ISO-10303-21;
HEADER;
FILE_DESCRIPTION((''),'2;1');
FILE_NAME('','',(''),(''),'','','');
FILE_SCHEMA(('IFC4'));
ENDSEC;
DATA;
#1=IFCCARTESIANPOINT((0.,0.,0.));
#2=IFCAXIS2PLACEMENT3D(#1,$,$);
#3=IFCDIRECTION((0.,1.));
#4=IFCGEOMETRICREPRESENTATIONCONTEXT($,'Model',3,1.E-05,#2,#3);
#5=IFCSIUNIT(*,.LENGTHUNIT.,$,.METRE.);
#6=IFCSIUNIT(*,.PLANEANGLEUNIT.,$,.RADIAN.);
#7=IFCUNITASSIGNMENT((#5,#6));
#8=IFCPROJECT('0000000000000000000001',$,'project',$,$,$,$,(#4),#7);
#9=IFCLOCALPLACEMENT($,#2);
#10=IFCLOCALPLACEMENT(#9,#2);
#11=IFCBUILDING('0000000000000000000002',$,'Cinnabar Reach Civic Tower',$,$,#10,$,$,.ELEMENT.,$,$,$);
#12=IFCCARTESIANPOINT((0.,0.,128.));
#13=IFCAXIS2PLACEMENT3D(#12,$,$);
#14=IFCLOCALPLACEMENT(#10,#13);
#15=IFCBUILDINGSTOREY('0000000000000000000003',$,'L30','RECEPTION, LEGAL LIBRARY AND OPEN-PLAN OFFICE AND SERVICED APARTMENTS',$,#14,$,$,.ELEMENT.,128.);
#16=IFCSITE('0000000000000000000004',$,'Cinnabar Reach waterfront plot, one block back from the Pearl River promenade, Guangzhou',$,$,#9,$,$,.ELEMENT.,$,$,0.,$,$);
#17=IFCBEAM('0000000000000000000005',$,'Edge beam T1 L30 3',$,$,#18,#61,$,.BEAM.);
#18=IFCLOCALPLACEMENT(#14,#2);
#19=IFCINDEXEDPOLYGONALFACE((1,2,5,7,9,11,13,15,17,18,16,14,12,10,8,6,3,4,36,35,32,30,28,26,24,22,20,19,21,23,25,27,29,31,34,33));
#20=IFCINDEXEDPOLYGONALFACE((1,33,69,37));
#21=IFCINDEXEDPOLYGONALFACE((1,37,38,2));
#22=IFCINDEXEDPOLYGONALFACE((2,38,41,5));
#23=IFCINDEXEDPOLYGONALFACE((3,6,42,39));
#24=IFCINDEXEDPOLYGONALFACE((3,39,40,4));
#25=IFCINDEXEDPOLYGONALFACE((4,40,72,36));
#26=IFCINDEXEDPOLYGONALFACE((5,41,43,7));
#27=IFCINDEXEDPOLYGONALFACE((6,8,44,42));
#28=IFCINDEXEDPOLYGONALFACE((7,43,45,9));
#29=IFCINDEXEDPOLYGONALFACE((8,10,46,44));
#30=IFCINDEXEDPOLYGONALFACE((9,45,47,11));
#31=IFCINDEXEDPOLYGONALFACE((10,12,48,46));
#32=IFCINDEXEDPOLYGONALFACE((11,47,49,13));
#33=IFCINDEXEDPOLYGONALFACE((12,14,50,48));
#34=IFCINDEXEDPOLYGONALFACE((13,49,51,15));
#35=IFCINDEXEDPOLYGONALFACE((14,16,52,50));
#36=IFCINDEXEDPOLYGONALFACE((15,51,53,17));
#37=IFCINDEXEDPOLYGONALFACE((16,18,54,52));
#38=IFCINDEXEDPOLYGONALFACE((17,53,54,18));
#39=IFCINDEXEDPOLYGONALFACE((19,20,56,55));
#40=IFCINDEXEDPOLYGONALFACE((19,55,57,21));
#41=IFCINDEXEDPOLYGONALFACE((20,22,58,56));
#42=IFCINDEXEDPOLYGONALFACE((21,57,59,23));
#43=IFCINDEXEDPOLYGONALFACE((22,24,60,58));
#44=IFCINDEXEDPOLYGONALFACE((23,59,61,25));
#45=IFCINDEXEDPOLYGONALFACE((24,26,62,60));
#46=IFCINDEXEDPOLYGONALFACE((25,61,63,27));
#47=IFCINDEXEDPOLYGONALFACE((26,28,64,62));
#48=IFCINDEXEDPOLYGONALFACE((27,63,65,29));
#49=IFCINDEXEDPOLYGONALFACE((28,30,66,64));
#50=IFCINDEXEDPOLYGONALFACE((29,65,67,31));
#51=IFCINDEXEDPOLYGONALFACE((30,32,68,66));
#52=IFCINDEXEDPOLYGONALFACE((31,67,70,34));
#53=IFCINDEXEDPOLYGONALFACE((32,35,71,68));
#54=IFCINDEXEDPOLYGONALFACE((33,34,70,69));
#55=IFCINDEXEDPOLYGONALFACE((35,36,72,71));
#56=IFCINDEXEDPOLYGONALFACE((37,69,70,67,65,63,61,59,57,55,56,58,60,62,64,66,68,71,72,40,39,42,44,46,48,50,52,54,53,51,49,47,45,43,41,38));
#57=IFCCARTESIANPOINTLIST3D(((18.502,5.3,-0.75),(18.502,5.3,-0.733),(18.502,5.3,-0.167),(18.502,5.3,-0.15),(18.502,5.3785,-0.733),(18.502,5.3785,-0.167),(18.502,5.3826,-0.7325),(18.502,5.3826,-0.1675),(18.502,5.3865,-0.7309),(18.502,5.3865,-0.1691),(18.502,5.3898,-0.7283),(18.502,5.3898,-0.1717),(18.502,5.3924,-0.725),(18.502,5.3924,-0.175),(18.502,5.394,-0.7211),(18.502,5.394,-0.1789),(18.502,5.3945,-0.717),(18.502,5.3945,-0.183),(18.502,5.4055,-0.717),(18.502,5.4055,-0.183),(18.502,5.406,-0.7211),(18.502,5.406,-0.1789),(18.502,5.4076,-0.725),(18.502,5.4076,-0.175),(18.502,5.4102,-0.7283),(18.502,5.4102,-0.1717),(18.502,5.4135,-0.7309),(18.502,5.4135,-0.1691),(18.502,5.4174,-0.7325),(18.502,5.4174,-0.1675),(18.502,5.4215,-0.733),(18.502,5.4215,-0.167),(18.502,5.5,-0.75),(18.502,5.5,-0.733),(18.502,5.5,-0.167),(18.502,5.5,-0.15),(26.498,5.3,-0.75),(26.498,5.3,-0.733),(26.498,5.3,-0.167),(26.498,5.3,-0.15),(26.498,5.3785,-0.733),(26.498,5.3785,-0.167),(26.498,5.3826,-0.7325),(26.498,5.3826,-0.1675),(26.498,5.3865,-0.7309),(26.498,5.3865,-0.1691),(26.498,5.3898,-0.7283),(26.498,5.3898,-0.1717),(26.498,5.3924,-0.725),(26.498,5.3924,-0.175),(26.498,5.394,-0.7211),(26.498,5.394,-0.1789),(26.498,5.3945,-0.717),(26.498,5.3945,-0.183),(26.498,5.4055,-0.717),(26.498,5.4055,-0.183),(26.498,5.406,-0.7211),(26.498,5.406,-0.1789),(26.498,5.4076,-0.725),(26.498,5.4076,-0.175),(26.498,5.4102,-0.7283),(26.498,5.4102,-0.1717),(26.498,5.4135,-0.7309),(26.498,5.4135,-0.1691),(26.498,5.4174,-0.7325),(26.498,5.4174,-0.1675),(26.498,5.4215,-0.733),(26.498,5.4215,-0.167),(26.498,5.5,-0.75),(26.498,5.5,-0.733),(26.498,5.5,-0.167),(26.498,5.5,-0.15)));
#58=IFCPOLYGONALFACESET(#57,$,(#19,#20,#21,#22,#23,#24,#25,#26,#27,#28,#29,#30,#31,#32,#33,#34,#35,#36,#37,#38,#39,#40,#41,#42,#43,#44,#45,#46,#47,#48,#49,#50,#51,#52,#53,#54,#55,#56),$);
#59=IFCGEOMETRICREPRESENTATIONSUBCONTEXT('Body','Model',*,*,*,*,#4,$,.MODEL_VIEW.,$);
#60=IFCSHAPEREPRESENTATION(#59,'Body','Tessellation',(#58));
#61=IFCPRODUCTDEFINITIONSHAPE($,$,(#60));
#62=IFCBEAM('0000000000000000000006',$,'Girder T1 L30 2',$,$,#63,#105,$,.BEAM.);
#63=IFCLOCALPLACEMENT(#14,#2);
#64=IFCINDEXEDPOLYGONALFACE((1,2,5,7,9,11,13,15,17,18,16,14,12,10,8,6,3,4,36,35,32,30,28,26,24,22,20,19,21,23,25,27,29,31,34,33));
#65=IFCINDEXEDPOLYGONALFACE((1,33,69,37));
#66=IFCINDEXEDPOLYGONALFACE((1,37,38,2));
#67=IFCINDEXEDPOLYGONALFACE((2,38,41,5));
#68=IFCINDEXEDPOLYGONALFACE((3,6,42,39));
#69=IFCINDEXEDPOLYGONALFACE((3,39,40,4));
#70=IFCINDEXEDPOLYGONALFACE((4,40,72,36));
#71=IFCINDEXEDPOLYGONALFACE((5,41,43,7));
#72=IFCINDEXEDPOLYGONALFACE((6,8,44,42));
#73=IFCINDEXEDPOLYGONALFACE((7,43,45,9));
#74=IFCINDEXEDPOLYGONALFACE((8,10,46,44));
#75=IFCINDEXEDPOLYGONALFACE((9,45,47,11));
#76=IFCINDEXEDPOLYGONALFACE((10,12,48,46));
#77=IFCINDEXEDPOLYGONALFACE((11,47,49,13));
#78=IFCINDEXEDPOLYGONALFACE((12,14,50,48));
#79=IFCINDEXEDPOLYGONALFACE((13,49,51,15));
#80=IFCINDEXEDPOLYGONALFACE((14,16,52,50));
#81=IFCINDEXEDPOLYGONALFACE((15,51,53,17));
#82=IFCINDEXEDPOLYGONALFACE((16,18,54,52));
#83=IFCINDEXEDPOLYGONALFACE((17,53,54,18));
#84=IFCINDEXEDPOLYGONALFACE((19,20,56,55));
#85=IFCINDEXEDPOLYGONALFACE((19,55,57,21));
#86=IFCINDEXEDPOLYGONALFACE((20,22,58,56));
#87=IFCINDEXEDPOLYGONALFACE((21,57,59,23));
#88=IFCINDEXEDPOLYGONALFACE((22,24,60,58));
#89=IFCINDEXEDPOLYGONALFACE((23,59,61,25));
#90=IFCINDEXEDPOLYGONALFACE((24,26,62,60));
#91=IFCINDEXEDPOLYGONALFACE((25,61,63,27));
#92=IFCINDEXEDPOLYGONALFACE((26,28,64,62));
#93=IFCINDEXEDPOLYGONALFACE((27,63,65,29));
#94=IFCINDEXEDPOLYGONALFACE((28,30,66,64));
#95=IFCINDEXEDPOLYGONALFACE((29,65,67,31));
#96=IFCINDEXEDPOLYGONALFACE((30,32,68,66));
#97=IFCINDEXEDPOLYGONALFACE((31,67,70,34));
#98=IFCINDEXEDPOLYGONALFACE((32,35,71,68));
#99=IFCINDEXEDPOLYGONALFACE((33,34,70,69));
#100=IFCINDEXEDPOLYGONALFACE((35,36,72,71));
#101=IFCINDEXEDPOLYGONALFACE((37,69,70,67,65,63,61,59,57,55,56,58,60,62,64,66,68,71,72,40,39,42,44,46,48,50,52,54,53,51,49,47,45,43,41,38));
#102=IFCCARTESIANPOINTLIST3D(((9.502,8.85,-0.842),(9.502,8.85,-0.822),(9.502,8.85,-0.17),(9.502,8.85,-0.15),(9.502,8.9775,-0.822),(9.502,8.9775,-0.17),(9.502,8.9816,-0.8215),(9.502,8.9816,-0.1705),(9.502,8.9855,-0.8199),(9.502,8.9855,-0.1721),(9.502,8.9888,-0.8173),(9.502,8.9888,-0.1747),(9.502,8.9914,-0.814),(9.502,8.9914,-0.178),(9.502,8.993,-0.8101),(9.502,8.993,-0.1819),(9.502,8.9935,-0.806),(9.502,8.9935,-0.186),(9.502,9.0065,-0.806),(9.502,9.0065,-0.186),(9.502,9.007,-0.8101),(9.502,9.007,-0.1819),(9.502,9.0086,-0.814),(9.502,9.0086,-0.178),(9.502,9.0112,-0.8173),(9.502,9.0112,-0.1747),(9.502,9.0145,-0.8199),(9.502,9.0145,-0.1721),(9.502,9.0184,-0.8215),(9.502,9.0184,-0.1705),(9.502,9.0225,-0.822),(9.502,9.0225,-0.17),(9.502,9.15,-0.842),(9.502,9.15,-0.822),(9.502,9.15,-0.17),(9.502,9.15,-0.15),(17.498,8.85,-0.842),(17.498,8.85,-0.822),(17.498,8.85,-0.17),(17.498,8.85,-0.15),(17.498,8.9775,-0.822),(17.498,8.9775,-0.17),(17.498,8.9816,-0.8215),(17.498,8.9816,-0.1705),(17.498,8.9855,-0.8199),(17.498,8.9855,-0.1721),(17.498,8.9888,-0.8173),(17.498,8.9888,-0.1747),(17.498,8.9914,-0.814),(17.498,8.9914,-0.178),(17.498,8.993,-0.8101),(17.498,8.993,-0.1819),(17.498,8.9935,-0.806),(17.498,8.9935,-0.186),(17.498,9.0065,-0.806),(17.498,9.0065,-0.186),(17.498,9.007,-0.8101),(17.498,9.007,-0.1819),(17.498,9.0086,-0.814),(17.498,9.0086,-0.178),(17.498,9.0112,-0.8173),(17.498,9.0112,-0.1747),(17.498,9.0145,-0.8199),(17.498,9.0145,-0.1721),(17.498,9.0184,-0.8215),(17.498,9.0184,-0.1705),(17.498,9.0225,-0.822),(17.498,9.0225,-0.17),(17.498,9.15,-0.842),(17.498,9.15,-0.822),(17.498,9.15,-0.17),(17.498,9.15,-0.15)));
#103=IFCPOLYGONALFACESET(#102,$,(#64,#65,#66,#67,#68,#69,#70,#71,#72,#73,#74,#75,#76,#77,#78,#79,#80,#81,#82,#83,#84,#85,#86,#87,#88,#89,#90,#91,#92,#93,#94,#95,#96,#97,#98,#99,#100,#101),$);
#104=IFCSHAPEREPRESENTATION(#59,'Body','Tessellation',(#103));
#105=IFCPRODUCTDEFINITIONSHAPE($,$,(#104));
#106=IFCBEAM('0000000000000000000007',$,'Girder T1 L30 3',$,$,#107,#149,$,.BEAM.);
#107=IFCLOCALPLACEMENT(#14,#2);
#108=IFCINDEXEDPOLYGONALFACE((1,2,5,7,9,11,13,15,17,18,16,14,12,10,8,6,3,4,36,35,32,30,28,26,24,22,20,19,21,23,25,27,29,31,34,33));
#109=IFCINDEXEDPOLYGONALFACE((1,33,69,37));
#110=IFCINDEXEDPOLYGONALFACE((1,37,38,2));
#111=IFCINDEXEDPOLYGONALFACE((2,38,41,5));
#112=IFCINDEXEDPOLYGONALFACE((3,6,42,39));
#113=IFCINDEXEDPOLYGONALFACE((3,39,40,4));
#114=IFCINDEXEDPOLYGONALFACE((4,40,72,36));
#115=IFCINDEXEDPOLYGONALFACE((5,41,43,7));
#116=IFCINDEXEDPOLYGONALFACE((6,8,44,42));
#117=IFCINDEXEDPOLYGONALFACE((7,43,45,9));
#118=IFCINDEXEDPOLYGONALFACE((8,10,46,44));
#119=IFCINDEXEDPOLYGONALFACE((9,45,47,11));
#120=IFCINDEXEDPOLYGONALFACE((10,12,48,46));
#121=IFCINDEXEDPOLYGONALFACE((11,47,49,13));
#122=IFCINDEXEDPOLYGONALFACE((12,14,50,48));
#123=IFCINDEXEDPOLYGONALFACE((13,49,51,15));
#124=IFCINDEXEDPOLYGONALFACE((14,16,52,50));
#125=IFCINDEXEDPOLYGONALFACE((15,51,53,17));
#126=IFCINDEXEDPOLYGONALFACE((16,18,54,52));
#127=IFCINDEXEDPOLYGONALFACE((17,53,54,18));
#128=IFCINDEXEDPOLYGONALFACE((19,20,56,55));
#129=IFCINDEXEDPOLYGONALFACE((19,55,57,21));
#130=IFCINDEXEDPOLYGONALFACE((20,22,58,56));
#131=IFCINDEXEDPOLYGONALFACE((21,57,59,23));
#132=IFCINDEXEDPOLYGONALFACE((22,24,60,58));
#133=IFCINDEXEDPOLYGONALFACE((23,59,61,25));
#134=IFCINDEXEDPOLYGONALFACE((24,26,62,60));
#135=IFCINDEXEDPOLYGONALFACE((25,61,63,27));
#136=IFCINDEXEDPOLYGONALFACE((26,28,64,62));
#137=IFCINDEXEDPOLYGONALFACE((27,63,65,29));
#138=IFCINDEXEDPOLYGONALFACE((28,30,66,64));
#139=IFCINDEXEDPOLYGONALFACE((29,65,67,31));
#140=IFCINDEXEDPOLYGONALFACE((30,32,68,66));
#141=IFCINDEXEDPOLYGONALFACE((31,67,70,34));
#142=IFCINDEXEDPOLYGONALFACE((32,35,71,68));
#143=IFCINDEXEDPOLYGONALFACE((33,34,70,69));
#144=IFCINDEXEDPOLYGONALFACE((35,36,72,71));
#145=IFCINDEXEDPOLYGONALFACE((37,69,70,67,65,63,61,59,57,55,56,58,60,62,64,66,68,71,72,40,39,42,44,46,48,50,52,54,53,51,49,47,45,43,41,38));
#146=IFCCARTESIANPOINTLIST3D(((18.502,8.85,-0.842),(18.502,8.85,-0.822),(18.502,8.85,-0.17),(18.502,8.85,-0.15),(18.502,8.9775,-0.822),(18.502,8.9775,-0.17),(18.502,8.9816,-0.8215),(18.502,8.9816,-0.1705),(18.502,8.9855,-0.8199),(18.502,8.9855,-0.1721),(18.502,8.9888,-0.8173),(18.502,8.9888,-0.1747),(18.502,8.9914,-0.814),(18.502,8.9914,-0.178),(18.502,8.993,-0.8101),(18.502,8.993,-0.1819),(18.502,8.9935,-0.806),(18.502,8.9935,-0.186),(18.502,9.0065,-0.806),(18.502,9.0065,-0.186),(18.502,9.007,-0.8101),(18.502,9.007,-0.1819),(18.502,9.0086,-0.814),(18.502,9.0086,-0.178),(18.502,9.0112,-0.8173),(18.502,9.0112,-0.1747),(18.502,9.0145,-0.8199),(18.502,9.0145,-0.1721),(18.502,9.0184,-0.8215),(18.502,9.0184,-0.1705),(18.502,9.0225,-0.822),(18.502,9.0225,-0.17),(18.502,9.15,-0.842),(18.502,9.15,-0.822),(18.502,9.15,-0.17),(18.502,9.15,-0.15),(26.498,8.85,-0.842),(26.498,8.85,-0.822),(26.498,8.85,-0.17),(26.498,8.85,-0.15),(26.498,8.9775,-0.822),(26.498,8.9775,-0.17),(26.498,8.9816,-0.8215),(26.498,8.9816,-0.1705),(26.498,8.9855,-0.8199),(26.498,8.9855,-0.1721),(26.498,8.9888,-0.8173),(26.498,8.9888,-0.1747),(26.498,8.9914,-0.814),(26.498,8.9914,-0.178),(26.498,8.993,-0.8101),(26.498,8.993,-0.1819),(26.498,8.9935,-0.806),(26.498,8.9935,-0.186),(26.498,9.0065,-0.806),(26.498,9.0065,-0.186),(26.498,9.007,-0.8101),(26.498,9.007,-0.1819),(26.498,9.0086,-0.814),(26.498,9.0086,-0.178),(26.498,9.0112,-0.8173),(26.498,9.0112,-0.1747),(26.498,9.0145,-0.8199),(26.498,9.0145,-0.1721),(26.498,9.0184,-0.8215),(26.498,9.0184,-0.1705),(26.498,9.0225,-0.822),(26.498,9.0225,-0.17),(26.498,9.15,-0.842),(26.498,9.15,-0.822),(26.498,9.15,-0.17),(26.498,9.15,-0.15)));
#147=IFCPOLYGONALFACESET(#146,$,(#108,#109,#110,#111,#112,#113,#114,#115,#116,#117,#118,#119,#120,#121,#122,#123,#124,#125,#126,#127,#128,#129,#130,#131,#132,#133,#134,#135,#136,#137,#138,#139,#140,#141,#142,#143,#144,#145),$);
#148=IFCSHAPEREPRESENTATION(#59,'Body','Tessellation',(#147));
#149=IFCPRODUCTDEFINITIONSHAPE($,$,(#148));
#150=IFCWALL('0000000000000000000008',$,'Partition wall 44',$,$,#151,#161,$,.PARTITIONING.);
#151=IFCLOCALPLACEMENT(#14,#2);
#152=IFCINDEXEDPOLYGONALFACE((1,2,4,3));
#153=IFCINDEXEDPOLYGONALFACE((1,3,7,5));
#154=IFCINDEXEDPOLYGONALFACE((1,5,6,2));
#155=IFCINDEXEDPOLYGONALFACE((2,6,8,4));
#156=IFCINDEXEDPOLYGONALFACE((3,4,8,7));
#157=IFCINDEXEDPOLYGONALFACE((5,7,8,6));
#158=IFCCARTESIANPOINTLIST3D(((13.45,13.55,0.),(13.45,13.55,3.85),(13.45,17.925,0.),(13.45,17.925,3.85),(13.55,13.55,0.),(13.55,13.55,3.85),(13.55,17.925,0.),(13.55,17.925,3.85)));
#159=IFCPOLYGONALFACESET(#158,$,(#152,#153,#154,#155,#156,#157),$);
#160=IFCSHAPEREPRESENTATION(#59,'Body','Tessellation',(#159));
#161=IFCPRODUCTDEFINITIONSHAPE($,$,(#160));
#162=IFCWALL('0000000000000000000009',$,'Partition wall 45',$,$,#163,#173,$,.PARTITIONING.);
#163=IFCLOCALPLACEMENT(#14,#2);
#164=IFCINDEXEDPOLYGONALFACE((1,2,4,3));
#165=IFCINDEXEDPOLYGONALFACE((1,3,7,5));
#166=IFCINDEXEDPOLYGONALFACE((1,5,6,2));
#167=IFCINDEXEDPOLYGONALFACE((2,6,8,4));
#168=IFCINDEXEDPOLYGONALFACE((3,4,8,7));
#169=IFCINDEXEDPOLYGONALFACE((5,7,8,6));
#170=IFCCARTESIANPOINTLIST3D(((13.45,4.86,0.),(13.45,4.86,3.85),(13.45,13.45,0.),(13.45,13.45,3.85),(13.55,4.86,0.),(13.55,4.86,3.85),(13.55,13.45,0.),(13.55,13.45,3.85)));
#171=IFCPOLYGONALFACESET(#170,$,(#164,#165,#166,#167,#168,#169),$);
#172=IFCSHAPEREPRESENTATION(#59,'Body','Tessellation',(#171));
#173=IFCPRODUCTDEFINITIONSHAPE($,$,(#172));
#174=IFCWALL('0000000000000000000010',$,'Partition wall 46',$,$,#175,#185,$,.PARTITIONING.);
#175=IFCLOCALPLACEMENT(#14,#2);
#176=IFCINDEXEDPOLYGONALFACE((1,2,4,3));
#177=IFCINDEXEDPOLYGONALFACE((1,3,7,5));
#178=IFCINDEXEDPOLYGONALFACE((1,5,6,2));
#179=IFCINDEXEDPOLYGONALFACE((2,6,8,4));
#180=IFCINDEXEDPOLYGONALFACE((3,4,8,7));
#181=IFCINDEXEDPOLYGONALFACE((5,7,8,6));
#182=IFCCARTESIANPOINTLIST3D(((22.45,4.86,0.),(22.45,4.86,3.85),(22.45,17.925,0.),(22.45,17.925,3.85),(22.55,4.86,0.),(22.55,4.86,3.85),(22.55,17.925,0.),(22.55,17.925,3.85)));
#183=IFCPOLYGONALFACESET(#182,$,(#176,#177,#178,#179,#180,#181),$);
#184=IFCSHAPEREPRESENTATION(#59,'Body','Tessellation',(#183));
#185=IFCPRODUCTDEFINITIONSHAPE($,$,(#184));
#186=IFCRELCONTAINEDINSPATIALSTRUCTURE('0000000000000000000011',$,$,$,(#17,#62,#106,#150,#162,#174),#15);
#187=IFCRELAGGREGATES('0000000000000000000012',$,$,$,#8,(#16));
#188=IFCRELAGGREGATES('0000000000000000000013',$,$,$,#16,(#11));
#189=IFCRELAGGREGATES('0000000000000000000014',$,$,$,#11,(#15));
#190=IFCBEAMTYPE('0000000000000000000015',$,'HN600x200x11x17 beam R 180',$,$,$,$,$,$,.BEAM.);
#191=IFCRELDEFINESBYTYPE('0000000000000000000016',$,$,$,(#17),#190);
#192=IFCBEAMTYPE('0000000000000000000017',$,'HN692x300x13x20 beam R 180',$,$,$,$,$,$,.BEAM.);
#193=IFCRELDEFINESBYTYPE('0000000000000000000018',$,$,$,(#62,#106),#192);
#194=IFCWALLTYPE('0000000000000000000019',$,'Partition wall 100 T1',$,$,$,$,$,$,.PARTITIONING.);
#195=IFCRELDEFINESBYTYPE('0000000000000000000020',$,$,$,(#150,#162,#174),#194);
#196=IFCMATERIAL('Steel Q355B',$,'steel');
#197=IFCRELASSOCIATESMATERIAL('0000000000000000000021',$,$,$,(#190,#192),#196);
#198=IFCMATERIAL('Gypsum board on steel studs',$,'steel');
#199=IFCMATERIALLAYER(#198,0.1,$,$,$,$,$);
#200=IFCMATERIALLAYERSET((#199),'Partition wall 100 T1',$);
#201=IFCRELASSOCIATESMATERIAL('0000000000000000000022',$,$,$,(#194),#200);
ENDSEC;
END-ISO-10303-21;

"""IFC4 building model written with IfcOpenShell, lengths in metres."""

from ifc_helpers import new_model, si_unit, direction, frame, frame_2d, origin, origin_2d, place, context, subcontext, project, spatial, rectangle, i_section, extrude, material, layer, layer_set, material_profile, profile_set, type_object, element, save


model = new_model("IFC4")

# Units and contexts
model_context = context("Model", 3, precision=1e-05, world=origin(), true_north=direction((0.0, 1.0)))
body_context = subcontext(model_context, "Body", "Model", "MODEL_VIEW")
ifc_project = project(units=[si_unit("LENGTHUNIT", "METRE"), si_unit("PLANEANGLEUNIT", "RADIAN")], contexts=[model_context])

# Site, building, storey
site_placement = place(None, origin())
site = spatial("IfcSite", under=ifc_project, at=site_placement, Name="Cinnabar Reach waterfront plot, one block back from the Pearl River promenade, Guangzhou", CompositionType="ELEMENT", RefElevation=0.0)
building_placement = place(site_placement, origin())
building = spatial("IfcBuilding", under=site, at=building_placement, Name="Cinnabar Reach Civic Tower", CompositionType="ELEMENT")
storey_placement = place(building_placement, frame((0.0, 0.0, 128.0)))
storey = spatial("IfcBuildingStorey", under=building, at=storey_placement, Name="L30", Description="RECEPTION, LEGAL LIBRARY AND OPEN-PLAN OFFICE AND SERVICED APARTMENTS", CompositionType="ELEMENT", Elevation=128.0)

# Beams
ifc_material_1 = material(Name="Steel Q355B", Category="steel")
ifc_material_profile_1 = material_profile(ifc_material_1, i_section(OverallWidth=0.2, OverallDepth=0.6, WebThickness=0.011, FlangeThickness=0.017, FilletRadius=0.016, at=origin_2d()), Name="HN600x200x11x17")
ifc_profile_set_1 = profile_set([ifc_material_profile_1], Name="Steel Q355B")
beam_type_1 = type_object("IfcBeamType", Name="HN600x200x11x17 beam R 180", PredefinedType="BEAM", material=ifc_profile_set_1)
for number, where, z_axis, x_axis, name in (
    (1, (18.502, 5.4, -0.45), (1.0, 0.0, 0.0), (0.0, 1.0, 0.0), "Edge beam T1 L30 3"),
):
    element("IfcBeam", number, at=place(storey_placement, frame(where, z_axis=z_axis, x_axis=x_axis)), inside=storey, type_object=beam_type_1, Name=name, PredefinedType="BEAM", context=body_context, shape_type="SweptSolid", body=[
        extrude(i_section(OverallWidth=0.2, OverallDepth=0.6, WebThickness=0.011, FlangeThickness=0.017, FilletRadius=0.016, at=origin_2d()), origin(), (0.0, 0.0, 1.0), 7.996),
    ])
ifc_material_profile_2 = material_profile(ifc_material_1, i_section(OverallWidth=0.3, OverallDepth=0.692, WebThickness=0.013, FlangeThickness=0.02, FilletRadius=0.016, at=origin_2d()), Name="HN692x300x13x20")
ifc_profile_set_2 = profile_set([ifc_material_profile_2], Name="Steel Q355B")
beam_type_2 = type_object("IfcBeamType", Name="HN692x300x13x20 beam R 180", PredefinedType="BEAM", material=ifc_profile_set_2)
for number, where, z_axis, x_axis, name in (
    (2, (9.502, 9.0, -0.496), (1.0, 0.0, 0.0), (0.0, 1.0, 0.0), "Girder T1 L30 2"),
    (3, (18.502, 9.0, -0.496), (1.0, 0.0, 0.0), (0.0, 1.0, 0.0), "Girder T1 L30 3"),
):
    element("IfcBeam", number, at=place(storey_placement, frame(where, z_axis=z_axis, x_axis=x_axis)), inside=storey, type_object=beam_type_2, Name=name, PredefinedType="BEAM", context=body_context, shape_type="SweptSolid", body=[
        extrude(i_section(OverallWidth=0.3, OverallDepth=0.692, WebThickness=0.013, FlangeThickness=0.02, FilletRadius=0.016, at=origin_2d()), origin(), (0.0, 0.0, 1.0), 7.996),
    ])

# Walls
ifc_material_2 = material(Name="Gypsum board on steel studs", Category="steel")
ifc_layer = layer(ifc_material_2, 0.1)
ifc_layer_set = layer_set([ifc_layer], Name="Partition wall 100 T1")
wall_type = type_object("IfcWallType", Name="Partition wall 100 T1", PredefinedType="PARTITIONING", material=ifc_layer_set)
wall_1_placement = place(storey_placement, frame((13.5, 13.55, 0.0), z_axis=(0.0, 0.0, 1.0), x_axis=(0.0, 1.0, 0.0)))
element("IfcWall", 4, at=wall_1_placement, inside=storey, type_object=wall_type, Name="Partition wall 44", PredefinedType="PARTITIONING", context=body_context, shape_type="SweptSolid", body=[
    extrude(rectangle(XDim=4.375, YDim=0.1, at=frame_2d((2.1875, 0.0))), origin(), (0.0, 0.0, 1.0), 3.85),
])
wall_2_placement = place(storey_placement, frame((13.5, 4.86, 0.0), z_axis=(0.0, 0.0, 1.0), x_axis=(0.0, 1.0, 0.0)))
element("IfcWall", 5, at=wall_2_placement, inside=storey, type_object=wall_type, Name="Partition wall 45", PredefinedType="PARTITIONING", context=body_context, shape_type="SweptSolid", body=[
    extrude(rectangle(XDim=8.59, YDim=0.1, at=frame_2d((4.295, 0.0))), origin(), (0.0, 0.0, 1.0), 3.85),
])
wall_3_placement = place(storey_placement, frame((22.5, 4.86, 0.0), z_axis=(0.0, 0.0, 1.0), x_axis=(0.0, 1.0, 0.0)))
element("IfcWall", 6, at=wall_3_placement, inside=storey, type_object=wall_type, Name="Partition wall 46", PredefinedType="PARTITIONING", context=body_context, shape_type="SweptSolid", body=[
    extrude(rectangle(XDim=13.065, YDim=0.1, at=frame_2d((6.5325, 0.0))), origin(), (0.0, 0.0, 1.0), 3.85),
])

save(model, "model.ifc")
